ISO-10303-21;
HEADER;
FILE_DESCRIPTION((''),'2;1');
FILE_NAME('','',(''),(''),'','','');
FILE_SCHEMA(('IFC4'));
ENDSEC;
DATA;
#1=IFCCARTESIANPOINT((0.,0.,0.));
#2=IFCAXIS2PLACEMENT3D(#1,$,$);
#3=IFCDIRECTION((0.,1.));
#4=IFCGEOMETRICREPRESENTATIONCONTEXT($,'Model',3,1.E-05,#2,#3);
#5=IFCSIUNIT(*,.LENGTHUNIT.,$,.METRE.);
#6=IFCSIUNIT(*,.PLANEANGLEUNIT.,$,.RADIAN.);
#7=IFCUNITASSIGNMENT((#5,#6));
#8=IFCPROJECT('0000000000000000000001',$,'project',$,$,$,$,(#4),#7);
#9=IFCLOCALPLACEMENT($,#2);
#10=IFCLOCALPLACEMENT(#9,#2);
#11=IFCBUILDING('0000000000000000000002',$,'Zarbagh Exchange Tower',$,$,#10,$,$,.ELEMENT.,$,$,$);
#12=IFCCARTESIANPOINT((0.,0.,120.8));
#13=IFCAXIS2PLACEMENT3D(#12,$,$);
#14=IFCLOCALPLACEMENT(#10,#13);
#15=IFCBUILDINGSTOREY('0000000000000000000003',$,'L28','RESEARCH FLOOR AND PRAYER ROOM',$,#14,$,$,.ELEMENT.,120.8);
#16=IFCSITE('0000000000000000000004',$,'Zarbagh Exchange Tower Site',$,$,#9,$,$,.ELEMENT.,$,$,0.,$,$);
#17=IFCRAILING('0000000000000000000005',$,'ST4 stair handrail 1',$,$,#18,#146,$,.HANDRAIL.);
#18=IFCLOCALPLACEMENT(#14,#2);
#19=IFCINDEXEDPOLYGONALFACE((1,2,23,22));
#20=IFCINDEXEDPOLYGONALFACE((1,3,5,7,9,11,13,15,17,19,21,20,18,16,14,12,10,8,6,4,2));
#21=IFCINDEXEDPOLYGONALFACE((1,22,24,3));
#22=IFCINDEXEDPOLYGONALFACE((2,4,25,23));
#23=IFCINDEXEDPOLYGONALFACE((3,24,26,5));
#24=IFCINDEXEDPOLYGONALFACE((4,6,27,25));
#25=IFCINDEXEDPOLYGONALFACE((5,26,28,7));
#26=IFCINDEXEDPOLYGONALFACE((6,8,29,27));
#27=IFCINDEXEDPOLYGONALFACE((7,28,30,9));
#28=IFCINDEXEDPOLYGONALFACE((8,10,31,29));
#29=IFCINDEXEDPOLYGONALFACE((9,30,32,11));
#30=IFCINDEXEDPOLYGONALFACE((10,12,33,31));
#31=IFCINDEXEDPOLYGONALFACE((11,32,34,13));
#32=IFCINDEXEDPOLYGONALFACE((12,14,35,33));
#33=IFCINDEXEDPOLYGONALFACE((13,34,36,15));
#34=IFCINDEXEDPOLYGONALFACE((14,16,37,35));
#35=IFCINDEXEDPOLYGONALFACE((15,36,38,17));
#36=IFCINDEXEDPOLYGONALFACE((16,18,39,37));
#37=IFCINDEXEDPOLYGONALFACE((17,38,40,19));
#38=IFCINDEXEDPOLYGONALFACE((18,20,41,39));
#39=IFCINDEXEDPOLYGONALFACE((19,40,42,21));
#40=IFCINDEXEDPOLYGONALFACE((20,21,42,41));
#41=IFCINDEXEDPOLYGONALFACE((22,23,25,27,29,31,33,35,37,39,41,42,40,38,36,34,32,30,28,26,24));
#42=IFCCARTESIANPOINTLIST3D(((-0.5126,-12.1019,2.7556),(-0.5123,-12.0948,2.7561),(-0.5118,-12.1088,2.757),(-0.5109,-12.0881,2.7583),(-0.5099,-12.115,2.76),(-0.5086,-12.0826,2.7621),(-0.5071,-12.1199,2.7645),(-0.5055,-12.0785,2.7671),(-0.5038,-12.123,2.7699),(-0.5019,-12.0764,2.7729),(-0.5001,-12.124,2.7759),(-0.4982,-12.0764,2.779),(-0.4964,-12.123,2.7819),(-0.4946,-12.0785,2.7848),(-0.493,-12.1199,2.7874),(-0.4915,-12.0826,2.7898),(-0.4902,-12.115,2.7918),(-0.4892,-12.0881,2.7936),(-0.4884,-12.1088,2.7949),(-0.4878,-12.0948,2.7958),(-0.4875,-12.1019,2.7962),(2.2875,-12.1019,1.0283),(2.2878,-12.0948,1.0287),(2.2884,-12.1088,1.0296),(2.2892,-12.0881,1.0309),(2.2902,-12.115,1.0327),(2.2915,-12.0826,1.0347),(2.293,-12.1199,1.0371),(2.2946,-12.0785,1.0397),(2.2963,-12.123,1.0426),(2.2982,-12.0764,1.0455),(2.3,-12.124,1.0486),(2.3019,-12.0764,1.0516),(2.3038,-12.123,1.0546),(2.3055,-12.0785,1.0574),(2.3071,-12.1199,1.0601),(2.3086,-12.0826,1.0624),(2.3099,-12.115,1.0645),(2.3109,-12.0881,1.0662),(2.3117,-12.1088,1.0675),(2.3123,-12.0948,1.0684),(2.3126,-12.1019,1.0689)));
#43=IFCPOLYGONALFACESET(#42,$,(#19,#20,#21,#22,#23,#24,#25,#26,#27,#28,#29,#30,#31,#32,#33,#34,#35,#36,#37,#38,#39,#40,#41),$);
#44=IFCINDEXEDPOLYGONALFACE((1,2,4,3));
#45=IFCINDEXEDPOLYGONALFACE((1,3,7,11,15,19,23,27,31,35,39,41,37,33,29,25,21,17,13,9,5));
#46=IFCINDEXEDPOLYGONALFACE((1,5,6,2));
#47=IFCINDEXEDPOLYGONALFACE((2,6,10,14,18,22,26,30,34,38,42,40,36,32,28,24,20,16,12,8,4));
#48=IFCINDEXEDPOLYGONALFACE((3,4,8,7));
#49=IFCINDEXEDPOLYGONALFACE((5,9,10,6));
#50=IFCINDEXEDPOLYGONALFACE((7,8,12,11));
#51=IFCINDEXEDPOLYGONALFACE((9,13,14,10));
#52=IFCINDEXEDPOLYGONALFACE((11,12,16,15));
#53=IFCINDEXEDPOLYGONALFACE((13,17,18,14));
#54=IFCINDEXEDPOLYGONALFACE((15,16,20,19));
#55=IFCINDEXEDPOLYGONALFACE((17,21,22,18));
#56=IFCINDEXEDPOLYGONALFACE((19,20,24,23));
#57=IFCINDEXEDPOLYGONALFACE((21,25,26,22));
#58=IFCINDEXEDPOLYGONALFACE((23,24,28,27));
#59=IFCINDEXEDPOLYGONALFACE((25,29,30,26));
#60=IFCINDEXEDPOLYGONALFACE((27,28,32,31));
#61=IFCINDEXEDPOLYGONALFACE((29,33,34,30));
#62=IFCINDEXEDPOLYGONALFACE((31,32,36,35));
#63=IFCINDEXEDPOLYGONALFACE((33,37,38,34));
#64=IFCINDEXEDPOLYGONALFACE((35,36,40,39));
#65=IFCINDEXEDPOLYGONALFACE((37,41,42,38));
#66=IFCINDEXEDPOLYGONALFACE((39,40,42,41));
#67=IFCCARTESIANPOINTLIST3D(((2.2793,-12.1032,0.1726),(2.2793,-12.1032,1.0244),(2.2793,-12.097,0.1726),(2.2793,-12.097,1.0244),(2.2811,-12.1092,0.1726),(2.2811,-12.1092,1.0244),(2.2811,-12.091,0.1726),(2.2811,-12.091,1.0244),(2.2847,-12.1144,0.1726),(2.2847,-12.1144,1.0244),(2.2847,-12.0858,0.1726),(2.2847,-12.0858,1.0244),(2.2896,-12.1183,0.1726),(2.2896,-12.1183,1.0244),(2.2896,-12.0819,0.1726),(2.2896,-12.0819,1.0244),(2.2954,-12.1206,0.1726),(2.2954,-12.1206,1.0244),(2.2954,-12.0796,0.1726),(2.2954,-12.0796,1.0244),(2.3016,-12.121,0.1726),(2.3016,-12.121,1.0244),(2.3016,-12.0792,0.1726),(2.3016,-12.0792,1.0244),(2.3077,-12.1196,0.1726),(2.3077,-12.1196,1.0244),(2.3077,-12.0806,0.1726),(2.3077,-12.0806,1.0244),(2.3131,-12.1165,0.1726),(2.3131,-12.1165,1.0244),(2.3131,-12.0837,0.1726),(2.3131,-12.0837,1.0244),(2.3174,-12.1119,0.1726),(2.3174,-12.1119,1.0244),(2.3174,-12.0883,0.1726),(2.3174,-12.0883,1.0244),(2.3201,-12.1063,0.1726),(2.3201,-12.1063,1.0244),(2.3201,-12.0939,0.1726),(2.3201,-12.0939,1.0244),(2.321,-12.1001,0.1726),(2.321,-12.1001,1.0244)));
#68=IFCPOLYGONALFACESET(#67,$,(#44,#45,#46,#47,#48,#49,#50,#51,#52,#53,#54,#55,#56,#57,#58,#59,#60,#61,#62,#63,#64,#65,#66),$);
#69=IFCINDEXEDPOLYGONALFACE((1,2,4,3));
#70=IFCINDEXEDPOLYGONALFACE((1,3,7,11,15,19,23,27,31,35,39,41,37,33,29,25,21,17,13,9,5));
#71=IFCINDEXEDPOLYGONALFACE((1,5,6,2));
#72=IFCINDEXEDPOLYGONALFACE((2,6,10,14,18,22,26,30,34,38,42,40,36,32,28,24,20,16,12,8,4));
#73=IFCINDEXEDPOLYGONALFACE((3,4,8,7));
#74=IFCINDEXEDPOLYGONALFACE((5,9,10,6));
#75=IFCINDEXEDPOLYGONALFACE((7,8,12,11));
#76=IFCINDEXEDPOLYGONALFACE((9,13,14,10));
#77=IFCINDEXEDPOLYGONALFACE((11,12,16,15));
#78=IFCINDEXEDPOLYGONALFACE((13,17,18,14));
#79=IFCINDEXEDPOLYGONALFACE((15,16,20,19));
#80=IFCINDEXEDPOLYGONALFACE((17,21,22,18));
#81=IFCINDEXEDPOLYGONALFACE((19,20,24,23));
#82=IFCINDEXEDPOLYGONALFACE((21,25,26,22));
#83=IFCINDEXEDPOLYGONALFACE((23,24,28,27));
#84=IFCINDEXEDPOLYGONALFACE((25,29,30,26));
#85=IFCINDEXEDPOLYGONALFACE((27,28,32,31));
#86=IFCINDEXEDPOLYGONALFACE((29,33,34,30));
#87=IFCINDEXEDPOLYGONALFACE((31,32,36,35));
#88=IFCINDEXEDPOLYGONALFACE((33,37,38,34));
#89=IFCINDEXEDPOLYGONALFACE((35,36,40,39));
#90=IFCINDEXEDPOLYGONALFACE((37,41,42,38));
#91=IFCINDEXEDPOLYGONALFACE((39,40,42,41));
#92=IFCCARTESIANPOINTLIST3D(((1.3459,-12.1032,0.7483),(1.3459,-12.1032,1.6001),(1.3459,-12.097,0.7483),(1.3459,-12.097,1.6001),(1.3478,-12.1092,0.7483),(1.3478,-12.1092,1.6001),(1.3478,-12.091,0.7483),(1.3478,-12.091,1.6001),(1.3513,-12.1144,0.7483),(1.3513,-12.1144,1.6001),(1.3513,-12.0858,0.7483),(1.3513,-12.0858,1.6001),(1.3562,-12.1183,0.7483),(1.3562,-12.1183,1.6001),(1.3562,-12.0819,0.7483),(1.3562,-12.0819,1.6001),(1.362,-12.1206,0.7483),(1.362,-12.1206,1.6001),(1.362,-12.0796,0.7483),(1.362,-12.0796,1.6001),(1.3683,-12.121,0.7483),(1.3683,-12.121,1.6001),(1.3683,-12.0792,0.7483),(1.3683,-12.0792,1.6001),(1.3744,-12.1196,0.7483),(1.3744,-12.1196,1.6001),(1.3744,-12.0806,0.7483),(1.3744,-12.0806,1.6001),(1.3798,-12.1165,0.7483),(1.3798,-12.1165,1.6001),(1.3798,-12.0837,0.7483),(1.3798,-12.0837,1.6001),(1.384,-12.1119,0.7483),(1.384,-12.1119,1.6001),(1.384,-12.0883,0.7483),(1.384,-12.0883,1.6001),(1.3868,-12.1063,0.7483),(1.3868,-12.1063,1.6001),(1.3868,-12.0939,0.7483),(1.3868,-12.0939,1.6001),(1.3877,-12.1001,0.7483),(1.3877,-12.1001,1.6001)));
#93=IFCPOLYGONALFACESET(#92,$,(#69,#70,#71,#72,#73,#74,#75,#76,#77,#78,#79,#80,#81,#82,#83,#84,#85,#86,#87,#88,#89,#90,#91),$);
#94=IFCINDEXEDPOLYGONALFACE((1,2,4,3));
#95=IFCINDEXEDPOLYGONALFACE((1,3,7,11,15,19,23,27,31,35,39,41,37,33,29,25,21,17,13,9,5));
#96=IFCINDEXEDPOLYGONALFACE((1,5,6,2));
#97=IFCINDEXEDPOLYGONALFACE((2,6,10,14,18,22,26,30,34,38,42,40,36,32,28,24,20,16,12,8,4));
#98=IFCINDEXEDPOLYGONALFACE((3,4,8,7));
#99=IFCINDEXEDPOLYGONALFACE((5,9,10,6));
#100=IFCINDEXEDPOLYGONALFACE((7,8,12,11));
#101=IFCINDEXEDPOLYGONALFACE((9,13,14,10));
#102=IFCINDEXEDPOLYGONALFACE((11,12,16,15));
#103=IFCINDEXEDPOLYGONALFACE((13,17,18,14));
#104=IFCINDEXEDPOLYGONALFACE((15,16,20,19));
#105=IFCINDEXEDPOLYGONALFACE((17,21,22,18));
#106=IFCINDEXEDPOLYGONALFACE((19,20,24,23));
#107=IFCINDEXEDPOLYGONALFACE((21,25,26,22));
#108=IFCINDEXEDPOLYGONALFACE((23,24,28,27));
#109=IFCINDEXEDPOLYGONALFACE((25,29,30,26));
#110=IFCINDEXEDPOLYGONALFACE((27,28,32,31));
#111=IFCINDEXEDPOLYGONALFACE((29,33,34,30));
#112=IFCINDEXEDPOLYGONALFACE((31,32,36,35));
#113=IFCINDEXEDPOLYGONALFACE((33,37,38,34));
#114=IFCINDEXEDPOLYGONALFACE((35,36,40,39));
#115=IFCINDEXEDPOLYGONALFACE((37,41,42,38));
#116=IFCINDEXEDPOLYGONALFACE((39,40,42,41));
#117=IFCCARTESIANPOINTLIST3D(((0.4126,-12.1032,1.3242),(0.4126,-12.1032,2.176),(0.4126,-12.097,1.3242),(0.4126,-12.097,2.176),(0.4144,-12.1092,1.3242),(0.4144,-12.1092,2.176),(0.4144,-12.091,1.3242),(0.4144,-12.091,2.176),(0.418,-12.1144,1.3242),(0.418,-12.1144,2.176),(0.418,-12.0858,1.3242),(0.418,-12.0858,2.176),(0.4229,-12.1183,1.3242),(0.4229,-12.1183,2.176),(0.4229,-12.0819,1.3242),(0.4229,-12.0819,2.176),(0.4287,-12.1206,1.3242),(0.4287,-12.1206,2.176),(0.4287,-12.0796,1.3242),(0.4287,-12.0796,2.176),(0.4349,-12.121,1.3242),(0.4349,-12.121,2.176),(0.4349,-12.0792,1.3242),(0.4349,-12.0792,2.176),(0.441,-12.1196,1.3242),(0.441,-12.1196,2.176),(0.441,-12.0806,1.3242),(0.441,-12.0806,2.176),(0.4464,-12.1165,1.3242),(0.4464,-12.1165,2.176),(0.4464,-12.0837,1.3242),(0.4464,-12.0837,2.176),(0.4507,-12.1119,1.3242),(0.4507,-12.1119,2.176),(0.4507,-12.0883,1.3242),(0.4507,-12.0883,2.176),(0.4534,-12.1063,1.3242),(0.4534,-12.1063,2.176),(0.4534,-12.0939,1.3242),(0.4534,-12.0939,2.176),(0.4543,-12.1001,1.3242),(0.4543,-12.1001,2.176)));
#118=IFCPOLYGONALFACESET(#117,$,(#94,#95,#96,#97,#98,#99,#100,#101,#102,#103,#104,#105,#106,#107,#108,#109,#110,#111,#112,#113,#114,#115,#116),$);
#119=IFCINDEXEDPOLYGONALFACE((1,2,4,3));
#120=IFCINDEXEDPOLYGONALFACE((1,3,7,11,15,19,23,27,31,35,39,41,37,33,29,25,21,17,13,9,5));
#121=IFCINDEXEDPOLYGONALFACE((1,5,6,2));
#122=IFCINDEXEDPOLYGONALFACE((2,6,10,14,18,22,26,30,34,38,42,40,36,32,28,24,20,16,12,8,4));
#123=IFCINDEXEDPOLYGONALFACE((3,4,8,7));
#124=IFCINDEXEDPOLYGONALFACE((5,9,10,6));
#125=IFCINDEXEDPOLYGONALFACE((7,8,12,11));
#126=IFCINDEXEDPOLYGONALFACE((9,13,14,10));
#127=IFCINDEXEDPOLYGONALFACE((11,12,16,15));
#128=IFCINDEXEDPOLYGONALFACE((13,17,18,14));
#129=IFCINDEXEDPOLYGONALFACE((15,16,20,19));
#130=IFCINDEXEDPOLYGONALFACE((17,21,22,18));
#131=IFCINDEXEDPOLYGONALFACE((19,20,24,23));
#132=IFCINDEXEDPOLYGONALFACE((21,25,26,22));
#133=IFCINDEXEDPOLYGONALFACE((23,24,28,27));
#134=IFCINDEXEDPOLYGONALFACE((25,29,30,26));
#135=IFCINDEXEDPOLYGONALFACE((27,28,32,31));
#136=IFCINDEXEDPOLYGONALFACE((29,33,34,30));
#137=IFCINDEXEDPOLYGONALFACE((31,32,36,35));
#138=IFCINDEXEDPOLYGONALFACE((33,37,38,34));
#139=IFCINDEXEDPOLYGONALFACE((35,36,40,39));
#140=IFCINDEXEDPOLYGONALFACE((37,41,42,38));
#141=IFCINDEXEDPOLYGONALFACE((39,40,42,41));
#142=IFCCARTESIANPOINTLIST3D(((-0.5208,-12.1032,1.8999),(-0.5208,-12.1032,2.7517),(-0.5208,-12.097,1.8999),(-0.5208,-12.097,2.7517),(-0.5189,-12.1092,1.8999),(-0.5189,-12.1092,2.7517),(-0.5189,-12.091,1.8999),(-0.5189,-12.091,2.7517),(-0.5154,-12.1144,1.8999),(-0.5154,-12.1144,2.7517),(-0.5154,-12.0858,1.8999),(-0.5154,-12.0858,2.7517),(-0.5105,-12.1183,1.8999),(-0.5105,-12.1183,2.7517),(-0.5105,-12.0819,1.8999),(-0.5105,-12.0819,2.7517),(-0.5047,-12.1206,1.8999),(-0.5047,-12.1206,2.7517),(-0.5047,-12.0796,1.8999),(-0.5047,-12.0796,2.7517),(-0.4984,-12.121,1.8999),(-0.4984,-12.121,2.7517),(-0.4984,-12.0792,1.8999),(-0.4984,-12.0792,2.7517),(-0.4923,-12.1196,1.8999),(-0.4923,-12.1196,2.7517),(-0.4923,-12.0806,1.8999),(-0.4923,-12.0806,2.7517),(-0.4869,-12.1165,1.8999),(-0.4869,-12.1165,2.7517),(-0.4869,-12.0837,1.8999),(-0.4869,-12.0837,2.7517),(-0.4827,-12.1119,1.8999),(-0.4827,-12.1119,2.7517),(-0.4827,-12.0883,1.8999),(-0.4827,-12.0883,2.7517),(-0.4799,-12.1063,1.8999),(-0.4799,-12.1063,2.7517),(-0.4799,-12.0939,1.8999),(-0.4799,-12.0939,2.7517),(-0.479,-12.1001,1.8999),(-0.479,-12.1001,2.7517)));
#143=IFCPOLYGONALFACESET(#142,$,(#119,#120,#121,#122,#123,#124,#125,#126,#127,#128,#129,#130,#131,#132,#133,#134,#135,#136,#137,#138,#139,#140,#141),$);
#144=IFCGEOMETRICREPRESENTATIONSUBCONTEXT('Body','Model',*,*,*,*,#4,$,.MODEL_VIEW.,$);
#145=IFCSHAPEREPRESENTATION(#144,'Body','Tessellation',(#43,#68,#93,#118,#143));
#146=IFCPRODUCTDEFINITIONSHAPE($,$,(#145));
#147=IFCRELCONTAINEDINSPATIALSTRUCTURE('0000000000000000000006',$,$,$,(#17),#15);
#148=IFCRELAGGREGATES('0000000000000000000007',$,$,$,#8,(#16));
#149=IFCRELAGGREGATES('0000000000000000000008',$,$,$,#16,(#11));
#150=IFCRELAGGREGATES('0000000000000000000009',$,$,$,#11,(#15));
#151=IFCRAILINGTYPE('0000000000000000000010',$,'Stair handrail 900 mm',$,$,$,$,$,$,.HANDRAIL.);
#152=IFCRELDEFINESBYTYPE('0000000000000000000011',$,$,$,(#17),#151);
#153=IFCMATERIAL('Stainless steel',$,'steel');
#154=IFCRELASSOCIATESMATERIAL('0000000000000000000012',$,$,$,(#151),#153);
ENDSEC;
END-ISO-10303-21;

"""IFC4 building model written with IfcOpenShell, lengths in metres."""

from ifc_helpers import new_model, si_unit, direction, frame, origin, origin_2d, place, context, subcontext, project, spatial, circle, extrude, material, type_object, element, save


model = new_model("IFC4")

# Units and contexts
model_context = context("Model", 3, precision=1e-05, world=origin(), true_north=direction((0.0, 1.0)))
body_context = subcontext(model_context, "Body", "Model", "MODEL_VIEW")
ifc_project = project(units=[si_unit("LENGTHUNIT", "METRE"), si_unit("PLANEANGLEUNIT", "RADIAN")], contexts=[model_context])

# Site, building, storey
site_placement = place(None, origin())
site = spatial("IfcSite", under=ifc_project, at=site_placement, Name="Zarbagh Exchange Tower Site", CompositionType="ELEMENT", RefElevation=0.0)
building_placement = place(site_placement, origin())
building = spatial("IfcBuilding", under=site, at=building_placement, Name="Zarbagh Exchange Tower", CompositionType="ELEMENT")
storey_placement = place(building_placement, frame((0.0, 0.0, 120.8)))
storey = spatial("IfcBuildingStorey", under=building, at=storey_placement, Name="L28", Description="RESEARCH FLOOR AND PRAYER ROOM", CompositionType="ELEMENT", Elevation=120.8)

# Railing
ifc_material_1 = material(Name="Stainless steel", Category="steel")
railing_type_1 = type_object("IfcRailingType", Name="Stair handrail 900 mm", PredefinedType="HANDRAIL", material=ifc_material_1)
for number, where, name in (
    (1, (2.3, -12.1001, 0.1726), "ST4 stair handrail 1"),
):
    element("IfcRailing", number, at=place(storey_placement, frame(where)), inside=storey, type_object=railing_type_1, Name=name, PredefinedType="HANDRAIL", context=body_context, shape_type="SweptSolid", body=[
        extrude(circle(Radius=0.0239, at=origin_2d()), frame((0.0, 0.0, 0.876), z_axis=(-0.85109, 0.0, 0.52502), x_axis=(0.0, -1.0, 0.0)), (0.0, 0.0, 1.0), 3.29),
        extrude(circle(Radius=0.021, at=origin_2d()), origin(), (0.0, 0.0, 1.0), 0.8518),
        extrude(circle(Radius=0.021, at=origin_2d()), frame((-0.9333, 0.0, 0.5757)), (0.0, 0.0, 1.0), 0.8518),
        extrude(circle(Radius=0.021, at=origin_2d()), frame((-1.8667, 0.0, 1.1516)), (0.0, 0.0, 1.0), 0.8518),
        extrude(circle(Radius=0.021, at=origin_2d()), frame((-2.8, 0.0, 1.7273)), (0.0, 0.0, 1.0), 0.8518),
    ])

save(model, "model.ifc")
